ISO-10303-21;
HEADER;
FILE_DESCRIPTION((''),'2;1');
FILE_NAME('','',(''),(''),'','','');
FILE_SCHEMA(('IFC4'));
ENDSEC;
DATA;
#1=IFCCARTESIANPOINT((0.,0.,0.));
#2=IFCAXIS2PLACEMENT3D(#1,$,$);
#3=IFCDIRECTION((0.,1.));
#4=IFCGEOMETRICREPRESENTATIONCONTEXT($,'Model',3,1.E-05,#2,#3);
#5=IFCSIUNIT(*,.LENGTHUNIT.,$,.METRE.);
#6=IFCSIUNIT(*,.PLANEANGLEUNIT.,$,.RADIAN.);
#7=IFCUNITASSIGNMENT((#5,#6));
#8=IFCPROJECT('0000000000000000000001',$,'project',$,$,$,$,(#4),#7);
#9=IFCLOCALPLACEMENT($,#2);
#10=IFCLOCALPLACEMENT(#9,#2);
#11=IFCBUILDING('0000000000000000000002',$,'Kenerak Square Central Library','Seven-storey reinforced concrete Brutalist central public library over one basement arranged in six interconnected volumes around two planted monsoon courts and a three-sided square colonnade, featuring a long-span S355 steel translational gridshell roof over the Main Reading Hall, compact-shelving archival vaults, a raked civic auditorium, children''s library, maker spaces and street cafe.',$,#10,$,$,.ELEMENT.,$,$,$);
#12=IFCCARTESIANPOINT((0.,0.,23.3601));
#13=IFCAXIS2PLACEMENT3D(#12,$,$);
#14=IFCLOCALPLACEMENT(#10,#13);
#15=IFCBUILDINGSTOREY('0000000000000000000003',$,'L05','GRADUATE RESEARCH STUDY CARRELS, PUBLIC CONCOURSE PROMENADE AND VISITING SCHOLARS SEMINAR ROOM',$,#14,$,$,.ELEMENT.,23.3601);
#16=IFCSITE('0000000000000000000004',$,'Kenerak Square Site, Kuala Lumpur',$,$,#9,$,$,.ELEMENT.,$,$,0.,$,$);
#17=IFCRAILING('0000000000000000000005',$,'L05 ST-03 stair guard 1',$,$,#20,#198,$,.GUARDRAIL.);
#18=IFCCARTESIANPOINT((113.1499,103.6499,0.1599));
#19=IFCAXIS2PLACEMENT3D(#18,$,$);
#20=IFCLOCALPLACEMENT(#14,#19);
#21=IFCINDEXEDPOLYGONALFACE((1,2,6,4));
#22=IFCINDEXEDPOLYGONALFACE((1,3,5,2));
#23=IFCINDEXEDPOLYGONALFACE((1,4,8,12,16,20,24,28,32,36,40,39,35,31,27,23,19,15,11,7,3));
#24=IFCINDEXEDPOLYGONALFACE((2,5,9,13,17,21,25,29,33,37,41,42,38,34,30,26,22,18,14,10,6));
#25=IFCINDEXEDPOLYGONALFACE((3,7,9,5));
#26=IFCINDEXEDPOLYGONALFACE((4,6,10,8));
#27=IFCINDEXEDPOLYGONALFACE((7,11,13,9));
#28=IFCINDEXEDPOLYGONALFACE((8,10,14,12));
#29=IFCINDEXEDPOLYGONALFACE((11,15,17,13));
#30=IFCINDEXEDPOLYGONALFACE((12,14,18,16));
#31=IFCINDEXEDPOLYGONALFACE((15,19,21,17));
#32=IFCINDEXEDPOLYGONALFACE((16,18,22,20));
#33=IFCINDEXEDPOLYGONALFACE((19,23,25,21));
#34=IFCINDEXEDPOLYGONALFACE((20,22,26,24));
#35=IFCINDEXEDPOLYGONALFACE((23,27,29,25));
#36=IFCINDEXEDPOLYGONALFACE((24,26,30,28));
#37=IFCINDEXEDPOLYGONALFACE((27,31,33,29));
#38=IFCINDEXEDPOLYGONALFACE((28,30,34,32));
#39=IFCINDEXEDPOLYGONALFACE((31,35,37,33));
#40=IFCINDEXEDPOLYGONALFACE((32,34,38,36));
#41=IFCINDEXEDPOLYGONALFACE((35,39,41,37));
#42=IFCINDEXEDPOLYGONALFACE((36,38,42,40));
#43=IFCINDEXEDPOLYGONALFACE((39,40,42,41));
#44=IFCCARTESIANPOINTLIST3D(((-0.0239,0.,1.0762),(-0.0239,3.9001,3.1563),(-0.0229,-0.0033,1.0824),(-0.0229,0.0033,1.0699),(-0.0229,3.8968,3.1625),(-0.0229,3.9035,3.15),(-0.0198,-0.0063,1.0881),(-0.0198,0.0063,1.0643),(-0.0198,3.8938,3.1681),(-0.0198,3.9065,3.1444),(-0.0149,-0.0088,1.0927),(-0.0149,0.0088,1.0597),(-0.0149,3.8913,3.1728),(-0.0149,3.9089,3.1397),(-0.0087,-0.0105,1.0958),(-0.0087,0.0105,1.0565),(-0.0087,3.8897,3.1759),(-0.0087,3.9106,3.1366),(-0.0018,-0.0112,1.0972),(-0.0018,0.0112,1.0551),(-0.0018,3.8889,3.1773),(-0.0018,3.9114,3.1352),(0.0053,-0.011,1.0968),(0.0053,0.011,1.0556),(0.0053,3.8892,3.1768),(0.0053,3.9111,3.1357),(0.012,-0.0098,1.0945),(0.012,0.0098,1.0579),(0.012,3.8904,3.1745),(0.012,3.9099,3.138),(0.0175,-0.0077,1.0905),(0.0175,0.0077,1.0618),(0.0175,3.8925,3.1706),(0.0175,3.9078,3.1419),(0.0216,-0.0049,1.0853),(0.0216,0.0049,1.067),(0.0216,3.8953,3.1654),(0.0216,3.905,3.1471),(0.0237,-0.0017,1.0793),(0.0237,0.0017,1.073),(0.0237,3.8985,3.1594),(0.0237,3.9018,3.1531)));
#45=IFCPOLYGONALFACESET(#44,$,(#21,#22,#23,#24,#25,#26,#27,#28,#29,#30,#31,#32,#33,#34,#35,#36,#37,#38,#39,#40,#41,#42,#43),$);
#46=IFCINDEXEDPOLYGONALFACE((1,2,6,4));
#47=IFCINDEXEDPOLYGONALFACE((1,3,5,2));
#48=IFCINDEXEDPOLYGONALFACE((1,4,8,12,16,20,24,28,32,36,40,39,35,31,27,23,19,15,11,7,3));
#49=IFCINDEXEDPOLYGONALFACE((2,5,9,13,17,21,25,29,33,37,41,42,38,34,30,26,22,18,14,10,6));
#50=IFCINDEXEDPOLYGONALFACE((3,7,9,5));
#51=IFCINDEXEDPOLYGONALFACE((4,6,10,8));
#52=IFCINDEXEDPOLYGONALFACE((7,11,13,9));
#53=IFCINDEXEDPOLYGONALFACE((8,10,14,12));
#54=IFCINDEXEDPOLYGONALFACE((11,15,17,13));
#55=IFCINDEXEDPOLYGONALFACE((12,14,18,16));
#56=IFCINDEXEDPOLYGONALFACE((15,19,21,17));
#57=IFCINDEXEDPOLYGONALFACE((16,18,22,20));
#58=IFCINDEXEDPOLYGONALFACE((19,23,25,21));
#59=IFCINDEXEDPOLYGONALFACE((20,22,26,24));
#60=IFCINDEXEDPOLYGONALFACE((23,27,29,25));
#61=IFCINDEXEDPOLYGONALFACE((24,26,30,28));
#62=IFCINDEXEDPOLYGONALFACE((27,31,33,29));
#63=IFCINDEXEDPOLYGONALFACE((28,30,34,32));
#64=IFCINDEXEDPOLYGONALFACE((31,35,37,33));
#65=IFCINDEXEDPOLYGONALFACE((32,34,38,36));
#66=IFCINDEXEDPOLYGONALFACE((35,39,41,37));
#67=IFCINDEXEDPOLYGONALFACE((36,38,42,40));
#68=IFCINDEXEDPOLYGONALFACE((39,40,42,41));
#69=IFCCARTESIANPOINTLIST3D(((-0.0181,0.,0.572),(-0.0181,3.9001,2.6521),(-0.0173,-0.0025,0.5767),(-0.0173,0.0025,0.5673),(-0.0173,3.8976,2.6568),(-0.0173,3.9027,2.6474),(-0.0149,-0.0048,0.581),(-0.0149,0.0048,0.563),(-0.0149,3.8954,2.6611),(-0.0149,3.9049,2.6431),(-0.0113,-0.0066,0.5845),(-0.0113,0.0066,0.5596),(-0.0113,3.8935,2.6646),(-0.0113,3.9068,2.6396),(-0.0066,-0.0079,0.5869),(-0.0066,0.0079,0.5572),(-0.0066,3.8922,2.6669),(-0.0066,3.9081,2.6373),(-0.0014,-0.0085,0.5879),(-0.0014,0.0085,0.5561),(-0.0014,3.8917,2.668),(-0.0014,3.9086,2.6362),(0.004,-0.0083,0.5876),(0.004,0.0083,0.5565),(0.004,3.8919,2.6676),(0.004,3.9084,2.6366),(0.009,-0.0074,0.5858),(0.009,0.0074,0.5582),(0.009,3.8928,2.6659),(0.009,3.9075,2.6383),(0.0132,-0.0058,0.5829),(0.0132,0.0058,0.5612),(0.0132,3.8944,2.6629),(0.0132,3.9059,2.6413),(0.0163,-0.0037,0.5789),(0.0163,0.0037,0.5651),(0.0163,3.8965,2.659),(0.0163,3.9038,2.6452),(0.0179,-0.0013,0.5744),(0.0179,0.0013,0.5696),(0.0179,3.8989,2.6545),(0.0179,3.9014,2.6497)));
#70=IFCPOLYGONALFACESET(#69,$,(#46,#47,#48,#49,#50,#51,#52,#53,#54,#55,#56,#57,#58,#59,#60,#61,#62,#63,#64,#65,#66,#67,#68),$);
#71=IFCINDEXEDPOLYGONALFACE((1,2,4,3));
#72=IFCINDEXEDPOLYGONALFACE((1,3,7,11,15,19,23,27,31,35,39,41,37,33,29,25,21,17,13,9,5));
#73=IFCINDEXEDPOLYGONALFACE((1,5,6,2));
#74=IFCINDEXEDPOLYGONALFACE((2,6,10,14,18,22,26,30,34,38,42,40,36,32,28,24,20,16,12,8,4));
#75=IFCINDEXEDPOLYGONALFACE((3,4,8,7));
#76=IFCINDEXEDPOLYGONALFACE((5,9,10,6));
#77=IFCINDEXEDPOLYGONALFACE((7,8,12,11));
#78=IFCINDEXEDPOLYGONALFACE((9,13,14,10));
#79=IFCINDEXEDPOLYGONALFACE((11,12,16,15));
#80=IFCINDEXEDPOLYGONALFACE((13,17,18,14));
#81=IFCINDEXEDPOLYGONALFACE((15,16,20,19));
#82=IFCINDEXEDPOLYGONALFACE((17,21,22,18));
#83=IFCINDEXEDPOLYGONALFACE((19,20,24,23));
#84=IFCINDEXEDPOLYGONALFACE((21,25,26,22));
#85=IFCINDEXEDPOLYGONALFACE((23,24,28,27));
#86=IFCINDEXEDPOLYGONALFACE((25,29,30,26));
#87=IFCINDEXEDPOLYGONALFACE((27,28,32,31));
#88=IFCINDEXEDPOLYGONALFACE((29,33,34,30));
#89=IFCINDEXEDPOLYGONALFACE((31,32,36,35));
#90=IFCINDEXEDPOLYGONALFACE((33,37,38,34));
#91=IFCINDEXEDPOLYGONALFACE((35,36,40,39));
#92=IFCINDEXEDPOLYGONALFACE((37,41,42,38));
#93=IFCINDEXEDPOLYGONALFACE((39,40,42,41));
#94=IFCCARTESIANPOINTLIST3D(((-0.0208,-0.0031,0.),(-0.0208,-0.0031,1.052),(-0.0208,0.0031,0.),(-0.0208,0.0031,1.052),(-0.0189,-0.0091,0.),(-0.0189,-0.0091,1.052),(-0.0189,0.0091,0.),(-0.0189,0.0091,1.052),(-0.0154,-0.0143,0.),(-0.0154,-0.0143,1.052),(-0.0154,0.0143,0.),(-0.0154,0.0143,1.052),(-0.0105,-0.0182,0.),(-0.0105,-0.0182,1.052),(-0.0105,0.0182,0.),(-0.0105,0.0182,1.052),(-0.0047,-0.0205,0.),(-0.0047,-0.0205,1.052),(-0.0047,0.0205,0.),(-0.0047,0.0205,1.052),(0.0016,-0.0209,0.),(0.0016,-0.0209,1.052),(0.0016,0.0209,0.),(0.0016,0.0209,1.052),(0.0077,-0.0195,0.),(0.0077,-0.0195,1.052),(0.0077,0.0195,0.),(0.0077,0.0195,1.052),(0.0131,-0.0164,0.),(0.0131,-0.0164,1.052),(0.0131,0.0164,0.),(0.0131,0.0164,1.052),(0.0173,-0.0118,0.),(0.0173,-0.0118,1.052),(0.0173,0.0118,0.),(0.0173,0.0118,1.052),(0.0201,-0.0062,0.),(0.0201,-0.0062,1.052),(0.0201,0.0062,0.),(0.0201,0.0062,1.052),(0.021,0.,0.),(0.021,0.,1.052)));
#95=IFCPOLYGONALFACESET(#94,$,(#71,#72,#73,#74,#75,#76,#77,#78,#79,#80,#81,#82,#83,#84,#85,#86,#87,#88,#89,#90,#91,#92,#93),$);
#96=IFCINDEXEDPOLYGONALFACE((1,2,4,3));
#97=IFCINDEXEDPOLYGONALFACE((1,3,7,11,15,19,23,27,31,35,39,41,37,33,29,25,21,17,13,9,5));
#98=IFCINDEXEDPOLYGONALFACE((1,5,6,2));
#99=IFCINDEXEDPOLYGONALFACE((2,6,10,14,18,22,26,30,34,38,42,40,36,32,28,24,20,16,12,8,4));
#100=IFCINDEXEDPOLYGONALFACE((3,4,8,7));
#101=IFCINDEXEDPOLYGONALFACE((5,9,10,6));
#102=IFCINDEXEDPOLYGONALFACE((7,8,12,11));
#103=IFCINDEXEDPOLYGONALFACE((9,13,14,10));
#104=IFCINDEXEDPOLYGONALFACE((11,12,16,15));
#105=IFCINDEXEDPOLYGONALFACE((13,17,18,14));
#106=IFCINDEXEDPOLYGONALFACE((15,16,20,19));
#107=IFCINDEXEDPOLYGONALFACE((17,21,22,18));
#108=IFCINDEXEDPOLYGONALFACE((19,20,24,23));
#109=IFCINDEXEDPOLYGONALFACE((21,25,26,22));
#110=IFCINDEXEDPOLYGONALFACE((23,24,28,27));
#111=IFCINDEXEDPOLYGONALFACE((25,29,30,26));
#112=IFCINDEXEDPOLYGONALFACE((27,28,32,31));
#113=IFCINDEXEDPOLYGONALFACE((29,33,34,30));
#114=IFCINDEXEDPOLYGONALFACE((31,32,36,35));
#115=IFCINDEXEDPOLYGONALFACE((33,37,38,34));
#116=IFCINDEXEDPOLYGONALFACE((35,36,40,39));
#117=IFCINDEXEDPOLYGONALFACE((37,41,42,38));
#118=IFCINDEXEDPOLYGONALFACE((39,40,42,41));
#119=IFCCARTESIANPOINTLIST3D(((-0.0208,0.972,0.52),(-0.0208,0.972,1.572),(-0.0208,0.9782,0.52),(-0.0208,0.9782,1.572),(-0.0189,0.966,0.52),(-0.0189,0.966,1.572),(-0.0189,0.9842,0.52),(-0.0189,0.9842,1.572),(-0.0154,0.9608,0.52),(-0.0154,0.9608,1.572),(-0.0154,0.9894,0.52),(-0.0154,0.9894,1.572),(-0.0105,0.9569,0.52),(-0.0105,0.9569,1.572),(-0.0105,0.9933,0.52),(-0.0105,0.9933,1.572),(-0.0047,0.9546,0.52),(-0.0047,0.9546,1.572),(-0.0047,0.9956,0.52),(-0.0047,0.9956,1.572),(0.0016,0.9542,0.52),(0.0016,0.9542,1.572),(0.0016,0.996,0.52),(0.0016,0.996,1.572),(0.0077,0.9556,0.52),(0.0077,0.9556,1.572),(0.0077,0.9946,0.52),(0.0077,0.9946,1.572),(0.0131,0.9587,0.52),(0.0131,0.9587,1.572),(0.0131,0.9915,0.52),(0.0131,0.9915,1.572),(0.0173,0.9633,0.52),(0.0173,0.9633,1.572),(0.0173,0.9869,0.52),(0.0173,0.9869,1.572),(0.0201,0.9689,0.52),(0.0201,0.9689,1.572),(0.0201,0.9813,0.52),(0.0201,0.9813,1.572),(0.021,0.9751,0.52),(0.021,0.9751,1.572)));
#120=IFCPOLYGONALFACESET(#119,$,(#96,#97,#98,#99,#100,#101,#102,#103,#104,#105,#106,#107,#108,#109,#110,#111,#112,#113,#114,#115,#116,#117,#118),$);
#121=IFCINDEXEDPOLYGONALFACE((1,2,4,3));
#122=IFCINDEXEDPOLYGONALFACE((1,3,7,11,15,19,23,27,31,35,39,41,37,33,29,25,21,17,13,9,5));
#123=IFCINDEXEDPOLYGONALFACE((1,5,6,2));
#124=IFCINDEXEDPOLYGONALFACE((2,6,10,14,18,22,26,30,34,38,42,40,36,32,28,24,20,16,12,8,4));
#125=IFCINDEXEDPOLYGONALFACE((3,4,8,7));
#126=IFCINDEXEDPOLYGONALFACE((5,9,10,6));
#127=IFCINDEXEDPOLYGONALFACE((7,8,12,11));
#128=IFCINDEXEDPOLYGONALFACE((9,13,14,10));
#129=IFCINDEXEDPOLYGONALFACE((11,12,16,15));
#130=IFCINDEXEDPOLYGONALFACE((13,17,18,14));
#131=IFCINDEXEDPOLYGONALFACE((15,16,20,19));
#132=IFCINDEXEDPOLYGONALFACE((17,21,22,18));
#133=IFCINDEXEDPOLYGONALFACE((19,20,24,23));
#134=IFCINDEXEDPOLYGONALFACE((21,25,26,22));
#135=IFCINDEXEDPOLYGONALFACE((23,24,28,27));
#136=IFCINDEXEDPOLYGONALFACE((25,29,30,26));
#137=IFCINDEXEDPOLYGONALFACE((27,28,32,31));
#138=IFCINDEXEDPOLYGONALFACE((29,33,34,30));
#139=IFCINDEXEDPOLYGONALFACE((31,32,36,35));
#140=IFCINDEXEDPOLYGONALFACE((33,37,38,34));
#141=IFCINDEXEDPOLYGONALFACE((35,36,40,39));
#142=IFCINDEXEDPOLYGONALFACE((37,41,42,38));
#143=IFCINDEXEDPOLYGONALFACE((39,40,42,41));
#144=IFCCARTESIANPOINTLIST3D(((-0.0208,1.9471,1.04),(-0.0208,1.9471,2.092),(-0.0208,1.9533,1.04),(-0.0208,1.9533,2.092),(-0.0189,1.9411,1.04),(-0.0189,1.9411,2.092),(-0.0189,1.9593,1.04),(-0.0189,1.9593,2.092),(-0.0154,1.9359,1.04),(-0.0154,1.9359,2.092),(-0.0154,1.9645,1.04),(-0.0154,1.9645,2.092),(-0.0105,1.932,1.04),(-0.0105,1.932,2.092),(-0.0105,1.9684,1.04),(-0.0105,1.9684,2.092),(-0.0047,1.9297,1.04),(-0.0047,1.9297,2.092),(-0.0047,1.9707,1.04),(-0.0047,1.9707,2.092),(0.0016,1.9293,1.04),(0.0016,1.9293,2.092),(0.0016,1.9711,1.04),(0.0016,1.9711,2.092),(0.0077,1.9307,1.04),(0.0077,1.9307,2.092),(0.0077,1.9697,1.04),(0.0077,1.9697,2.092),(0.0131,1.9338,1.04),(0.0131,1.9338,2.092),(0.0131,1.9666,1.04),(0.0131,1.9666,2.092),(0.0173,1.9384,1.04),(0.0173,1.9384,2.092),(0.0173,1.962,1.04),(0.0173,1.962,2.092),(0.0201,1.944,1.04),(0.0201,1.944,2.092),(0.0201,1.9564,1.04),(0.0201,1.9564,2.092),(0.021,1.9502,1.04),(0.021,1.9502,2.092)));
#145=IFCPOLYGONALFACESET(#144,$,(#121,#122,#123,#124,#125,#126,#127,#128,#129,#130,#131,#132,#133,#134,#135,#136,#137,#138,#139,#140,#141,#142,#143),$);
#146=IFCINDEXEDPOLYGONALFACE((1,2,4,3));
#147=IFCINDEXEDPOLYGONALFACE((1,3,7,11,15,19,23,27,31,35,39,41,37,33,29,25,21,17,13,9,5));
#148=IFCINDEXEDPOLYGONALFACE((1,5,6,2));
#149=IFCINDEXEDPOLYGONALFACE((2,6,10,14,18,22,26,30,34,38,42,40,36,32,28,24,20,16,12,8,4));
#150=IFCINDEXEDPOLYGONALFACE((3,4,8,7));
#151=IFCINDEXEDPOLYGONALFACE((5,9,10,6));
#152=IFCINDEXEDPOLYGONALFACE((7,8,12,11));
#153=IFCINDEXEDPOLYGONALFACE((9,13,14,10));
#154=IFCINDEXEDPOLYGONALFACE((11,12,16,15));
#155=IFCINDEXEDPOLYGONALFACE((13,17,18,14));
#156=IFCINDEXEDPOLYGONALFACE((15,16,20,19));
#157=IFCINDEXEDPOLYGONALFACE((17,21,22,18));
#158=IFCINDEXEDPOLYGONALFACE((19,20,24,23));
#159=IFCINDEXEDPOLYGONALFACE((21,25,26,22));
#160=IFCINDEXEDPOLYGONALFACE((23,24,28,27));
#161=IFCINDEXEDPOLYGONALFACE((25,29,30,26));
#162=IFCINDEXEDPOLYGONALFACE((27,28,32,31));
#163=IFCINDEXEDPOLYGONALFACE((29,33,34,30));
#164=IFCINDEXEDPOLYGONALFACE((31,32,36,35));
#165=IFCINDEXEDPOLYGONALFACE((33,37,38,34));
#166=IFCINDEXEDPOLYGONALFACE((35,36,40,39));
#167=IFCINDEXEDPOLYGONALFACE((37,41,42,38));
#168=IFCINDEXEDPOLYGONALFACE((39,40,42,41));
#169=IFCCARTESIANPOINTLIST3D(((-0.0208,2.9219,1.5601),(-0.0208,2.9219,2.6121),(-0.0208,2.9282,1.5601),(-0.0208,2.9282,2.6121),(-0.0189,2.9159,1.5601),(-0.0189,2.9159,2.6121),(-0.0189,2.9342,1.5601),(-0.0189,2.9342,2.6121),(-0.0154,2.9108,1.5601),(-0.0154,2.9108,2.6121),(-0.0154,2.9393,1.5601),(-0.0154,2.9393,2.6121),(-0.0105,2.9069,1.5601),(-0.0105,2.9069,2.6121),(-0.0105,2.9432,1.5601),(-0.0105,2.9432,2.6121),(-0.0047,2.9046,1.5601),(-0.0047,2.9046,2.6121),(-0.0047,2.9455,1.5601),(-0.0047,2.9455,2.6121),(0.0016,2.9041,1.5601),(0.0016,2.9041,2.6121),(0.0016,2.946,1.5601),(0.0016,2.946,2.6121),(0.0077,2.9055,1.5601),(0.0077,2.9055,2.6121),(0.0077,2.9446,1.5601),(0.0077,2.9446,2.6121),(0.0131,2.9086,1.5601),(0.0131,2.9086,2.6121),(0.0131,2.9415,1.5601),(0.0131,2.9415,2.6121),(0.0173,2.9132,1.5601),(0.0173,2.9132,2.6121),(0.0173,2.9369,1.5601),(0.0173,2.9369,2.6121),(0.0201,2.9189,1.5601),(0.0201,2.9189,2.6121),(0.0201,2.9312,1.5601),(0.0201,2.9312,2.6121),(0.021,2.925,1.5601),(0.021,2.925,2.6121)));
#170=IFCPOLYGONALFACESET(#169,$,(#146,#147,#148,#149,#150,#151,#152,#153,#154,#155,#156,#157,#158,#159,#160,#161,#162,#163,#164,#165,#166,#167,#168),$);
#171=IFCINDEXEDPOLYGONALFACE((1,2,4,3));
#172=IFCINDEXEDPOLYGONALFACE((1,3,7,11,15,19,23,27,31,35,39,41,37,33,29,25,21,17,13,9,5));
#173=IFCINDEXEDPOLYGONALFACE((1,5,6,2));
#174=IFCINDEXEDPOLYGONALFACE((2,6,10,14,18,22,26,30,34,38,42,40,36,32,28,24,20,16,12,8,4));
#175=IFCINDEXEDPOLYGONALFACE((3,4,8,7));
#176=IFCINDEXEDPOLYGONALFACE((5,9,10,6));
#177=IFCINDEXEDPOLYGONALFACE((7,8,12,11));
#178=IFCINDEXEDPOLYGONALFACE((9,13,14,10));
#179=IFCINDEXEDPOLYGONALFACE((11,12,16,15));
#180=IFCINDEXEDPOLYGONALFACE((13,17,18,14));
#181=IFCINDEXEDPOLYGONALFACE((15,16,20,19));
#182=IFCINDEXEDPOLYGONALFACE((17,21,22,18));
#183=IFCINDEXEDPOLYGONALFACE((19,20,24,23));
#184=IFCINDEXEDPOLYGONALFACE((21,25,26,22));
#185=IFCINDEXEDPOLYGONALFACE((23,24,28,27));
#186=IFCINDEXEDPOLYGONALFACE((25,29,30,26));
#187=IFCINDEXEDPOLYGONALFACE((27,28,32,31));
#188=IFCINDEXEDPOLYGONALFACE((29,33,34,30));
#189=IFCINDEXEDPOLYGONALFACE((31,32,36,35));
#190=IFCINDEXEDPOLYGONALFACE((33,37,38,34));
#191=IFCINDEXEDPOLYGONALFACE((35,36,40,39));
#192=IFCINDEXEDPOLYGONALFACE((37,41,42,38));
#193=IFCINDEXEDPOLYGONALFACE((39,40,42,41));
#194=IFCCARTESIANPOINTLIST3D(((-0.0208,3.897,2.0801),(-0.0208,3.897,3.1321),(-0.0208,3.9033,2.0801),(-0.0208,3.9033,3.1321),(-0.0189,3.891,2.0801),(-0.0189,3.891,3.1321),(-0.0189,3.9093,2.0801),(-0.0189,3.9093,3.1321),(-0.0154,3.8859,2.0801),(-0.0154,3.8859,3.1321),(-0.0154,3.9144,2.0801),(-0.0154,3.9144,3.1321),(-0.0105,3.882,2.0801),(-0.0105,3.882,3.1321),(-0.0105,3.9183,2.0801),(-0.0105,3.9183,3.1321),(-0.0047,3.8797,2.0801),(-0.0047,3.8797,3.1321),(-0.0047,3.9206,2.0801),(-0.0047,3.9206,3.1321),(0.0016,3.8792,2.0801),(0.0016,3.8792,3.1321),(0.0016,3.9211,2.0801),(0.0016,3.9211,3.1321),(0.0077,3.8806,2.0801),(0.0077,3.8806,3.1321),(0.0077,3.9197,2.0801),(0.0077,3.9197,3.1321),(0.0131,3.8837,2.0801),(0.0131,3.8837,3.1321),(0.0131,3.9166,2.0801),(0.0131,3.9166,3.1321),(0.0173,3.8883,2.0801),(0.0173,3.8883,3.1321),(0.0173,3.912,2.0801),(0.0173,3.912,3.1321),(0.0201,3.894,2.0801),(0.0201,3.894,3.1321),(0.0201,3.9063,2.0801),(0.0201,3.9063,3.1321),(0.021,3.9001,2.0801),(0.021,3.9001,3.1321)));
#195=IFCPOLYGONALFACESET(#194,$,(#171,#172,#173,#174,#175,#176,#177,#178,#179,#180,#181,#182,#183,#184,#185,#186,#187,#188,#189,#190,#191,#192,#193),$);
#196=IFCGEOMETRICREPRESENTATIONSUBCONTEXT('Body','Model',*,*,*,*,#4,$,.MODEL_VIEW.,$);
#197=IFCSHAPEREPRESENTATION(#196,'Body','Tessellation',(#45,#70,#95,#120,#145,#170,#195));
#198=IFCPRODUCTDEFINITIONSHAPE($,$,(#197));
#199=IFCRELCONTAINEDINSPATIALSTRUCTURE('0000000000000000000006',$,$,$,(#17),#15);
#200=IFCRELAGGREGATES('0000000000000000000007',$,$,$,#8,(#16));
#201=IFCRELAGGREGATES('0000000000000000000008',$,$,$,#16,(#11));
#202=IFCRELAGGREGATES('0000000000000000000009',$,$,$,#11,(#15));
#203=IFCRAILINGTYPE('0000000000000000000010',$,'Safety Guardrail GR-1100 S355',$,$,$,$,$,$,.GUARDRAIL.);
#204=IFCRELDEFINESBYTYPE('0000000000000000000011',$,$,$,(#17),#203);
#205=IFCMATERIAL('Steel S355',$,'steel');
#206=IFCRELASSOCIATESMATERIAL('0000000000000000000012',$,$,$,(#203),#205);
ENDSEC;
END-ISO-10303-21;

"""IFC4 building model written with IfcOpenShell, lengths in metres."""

from ifc_helpers import new_model, si_unit, direction, frame, origin, origin_2d, place, context, subcontext, project, spatial, circle, extrude, material, type_object, element, save


model = new_model("IFC4")

# Units and contexts
model_context = context("Model", 3, precision=1e-05, world=origin(), true_north=direction((0.0, 1.0)))
body_context = subcontext(model_context, "Body", "Model", "MODEL_VIEW")
ifc_project = project(units=[si_unit("LENGTHUNIT", "METRE"), si_unit("PLANEANGLEUNIT", "RADIAN")], contexts=[model_context])

# Site, building, storey
site_placement = place(None, origin())
site = spatial("IfcSite", under=ifc_project, at=site_placement, Name="Kenerak Square Site, Kuala Lumpur", CompositionType="ELEMENT", RefElevation=0.0)
building_placement = place(site_placement, origin())
building = spatial("IfcBuilding", under=site, at=building_placement, Name="Kenerak Square Central Library", Description="Seven-storey reinforced concrete Brutalist central public library over one basement arranged in six interconnected volumes around two planted monsoon courts and a three-sided square colonnade, featuring a long-span S355 steel translational gridshell roof over the Main Reading Hall, compact-shelving archival vaults, a raked civic auditorium, children's library, maker spaces and street cafe.", CompositionType="ELEMENT")
storey_placement = place(building_placement, frame((0.0, 0.0, 23.3601)))
storey = spatial("IfcBuildingStorey", under=building, at=storey_placement, Name="L05", Description="GRADUATE RESEARCH STUDY CARRELS, PUBLIC CONCOURSE PROMENADE AND VISITING SCHOLARS SEMINAR ROOM", CompositionType="ELEMENT", Elevation=23.3601)

# Shared definitions
ifc_material_1 = material(Name="Steel S355", Category="steel")

# Railing
railing_type_1 = type_object("IfcRailingType", Name="Safety Guardrail GR-1100 S355", PredefinedType="GUARDRAIL", material=ifc_material_1)
railing_1_placement = place(storey_placement, frame((113.1499, 103.6499, 0.1599)))
element("IfcRailing", 1, at=railing_1_placement, inside=storey, type_object=railing_type_1, Name="L05 ST-03 stair guard 1", PredefinedType="GUARDRAIL", context=body_context, shape_type="SweptSolid", body=[
    extrude(circle(Radius=0.0239, at=origin_2d()), frame((0.0, 0.0, 1.0762), z_axis=(0.0, 0.882353, 0.470588), x_axis=(-1.0, 0.0, 0.0)), (0.0, 0.0, 1.0), 4.4202),
    extrude(circle(Radius=0.0181, at=origin_2d()), frame((0.0, 0.0, 0.572), z_axis=(0.0, 0.882353, 0.470588), x_axis=(-1.0, 0.0, 0.0)), (0.0, 0.0, 1.0), 4.4202),
    extrude(circle(Radius=0.021, at=origin_2d()), origin(), (0.0, 0.0, 1.0), 1.052),
    extrude(circle(Radius=0.021, at=origin_2d()), frame((0.0, 0.9751, 0.52)), (0.0, 0.0, 1.0), 1.052),
    extrude(circle(Radius=0.021, at=origin_2d()), frame((0.0, 1.9502, 1.04)), (0.0, 0.0, 1.0), 1.052),
    extrude(circle(Radius=0.021, at=origin_2d()), frame((0.0, 2.925, 1.5601)), (0.0, 0.0, 1.0), 1.052),
    extrude(circle(Radius=0.021, at=origin_2d()), frame((0.0, 3.9001, 2.0801)), (0.0, 0.0, 1.0), 1.052),
])

save(model, "model.ifc")
